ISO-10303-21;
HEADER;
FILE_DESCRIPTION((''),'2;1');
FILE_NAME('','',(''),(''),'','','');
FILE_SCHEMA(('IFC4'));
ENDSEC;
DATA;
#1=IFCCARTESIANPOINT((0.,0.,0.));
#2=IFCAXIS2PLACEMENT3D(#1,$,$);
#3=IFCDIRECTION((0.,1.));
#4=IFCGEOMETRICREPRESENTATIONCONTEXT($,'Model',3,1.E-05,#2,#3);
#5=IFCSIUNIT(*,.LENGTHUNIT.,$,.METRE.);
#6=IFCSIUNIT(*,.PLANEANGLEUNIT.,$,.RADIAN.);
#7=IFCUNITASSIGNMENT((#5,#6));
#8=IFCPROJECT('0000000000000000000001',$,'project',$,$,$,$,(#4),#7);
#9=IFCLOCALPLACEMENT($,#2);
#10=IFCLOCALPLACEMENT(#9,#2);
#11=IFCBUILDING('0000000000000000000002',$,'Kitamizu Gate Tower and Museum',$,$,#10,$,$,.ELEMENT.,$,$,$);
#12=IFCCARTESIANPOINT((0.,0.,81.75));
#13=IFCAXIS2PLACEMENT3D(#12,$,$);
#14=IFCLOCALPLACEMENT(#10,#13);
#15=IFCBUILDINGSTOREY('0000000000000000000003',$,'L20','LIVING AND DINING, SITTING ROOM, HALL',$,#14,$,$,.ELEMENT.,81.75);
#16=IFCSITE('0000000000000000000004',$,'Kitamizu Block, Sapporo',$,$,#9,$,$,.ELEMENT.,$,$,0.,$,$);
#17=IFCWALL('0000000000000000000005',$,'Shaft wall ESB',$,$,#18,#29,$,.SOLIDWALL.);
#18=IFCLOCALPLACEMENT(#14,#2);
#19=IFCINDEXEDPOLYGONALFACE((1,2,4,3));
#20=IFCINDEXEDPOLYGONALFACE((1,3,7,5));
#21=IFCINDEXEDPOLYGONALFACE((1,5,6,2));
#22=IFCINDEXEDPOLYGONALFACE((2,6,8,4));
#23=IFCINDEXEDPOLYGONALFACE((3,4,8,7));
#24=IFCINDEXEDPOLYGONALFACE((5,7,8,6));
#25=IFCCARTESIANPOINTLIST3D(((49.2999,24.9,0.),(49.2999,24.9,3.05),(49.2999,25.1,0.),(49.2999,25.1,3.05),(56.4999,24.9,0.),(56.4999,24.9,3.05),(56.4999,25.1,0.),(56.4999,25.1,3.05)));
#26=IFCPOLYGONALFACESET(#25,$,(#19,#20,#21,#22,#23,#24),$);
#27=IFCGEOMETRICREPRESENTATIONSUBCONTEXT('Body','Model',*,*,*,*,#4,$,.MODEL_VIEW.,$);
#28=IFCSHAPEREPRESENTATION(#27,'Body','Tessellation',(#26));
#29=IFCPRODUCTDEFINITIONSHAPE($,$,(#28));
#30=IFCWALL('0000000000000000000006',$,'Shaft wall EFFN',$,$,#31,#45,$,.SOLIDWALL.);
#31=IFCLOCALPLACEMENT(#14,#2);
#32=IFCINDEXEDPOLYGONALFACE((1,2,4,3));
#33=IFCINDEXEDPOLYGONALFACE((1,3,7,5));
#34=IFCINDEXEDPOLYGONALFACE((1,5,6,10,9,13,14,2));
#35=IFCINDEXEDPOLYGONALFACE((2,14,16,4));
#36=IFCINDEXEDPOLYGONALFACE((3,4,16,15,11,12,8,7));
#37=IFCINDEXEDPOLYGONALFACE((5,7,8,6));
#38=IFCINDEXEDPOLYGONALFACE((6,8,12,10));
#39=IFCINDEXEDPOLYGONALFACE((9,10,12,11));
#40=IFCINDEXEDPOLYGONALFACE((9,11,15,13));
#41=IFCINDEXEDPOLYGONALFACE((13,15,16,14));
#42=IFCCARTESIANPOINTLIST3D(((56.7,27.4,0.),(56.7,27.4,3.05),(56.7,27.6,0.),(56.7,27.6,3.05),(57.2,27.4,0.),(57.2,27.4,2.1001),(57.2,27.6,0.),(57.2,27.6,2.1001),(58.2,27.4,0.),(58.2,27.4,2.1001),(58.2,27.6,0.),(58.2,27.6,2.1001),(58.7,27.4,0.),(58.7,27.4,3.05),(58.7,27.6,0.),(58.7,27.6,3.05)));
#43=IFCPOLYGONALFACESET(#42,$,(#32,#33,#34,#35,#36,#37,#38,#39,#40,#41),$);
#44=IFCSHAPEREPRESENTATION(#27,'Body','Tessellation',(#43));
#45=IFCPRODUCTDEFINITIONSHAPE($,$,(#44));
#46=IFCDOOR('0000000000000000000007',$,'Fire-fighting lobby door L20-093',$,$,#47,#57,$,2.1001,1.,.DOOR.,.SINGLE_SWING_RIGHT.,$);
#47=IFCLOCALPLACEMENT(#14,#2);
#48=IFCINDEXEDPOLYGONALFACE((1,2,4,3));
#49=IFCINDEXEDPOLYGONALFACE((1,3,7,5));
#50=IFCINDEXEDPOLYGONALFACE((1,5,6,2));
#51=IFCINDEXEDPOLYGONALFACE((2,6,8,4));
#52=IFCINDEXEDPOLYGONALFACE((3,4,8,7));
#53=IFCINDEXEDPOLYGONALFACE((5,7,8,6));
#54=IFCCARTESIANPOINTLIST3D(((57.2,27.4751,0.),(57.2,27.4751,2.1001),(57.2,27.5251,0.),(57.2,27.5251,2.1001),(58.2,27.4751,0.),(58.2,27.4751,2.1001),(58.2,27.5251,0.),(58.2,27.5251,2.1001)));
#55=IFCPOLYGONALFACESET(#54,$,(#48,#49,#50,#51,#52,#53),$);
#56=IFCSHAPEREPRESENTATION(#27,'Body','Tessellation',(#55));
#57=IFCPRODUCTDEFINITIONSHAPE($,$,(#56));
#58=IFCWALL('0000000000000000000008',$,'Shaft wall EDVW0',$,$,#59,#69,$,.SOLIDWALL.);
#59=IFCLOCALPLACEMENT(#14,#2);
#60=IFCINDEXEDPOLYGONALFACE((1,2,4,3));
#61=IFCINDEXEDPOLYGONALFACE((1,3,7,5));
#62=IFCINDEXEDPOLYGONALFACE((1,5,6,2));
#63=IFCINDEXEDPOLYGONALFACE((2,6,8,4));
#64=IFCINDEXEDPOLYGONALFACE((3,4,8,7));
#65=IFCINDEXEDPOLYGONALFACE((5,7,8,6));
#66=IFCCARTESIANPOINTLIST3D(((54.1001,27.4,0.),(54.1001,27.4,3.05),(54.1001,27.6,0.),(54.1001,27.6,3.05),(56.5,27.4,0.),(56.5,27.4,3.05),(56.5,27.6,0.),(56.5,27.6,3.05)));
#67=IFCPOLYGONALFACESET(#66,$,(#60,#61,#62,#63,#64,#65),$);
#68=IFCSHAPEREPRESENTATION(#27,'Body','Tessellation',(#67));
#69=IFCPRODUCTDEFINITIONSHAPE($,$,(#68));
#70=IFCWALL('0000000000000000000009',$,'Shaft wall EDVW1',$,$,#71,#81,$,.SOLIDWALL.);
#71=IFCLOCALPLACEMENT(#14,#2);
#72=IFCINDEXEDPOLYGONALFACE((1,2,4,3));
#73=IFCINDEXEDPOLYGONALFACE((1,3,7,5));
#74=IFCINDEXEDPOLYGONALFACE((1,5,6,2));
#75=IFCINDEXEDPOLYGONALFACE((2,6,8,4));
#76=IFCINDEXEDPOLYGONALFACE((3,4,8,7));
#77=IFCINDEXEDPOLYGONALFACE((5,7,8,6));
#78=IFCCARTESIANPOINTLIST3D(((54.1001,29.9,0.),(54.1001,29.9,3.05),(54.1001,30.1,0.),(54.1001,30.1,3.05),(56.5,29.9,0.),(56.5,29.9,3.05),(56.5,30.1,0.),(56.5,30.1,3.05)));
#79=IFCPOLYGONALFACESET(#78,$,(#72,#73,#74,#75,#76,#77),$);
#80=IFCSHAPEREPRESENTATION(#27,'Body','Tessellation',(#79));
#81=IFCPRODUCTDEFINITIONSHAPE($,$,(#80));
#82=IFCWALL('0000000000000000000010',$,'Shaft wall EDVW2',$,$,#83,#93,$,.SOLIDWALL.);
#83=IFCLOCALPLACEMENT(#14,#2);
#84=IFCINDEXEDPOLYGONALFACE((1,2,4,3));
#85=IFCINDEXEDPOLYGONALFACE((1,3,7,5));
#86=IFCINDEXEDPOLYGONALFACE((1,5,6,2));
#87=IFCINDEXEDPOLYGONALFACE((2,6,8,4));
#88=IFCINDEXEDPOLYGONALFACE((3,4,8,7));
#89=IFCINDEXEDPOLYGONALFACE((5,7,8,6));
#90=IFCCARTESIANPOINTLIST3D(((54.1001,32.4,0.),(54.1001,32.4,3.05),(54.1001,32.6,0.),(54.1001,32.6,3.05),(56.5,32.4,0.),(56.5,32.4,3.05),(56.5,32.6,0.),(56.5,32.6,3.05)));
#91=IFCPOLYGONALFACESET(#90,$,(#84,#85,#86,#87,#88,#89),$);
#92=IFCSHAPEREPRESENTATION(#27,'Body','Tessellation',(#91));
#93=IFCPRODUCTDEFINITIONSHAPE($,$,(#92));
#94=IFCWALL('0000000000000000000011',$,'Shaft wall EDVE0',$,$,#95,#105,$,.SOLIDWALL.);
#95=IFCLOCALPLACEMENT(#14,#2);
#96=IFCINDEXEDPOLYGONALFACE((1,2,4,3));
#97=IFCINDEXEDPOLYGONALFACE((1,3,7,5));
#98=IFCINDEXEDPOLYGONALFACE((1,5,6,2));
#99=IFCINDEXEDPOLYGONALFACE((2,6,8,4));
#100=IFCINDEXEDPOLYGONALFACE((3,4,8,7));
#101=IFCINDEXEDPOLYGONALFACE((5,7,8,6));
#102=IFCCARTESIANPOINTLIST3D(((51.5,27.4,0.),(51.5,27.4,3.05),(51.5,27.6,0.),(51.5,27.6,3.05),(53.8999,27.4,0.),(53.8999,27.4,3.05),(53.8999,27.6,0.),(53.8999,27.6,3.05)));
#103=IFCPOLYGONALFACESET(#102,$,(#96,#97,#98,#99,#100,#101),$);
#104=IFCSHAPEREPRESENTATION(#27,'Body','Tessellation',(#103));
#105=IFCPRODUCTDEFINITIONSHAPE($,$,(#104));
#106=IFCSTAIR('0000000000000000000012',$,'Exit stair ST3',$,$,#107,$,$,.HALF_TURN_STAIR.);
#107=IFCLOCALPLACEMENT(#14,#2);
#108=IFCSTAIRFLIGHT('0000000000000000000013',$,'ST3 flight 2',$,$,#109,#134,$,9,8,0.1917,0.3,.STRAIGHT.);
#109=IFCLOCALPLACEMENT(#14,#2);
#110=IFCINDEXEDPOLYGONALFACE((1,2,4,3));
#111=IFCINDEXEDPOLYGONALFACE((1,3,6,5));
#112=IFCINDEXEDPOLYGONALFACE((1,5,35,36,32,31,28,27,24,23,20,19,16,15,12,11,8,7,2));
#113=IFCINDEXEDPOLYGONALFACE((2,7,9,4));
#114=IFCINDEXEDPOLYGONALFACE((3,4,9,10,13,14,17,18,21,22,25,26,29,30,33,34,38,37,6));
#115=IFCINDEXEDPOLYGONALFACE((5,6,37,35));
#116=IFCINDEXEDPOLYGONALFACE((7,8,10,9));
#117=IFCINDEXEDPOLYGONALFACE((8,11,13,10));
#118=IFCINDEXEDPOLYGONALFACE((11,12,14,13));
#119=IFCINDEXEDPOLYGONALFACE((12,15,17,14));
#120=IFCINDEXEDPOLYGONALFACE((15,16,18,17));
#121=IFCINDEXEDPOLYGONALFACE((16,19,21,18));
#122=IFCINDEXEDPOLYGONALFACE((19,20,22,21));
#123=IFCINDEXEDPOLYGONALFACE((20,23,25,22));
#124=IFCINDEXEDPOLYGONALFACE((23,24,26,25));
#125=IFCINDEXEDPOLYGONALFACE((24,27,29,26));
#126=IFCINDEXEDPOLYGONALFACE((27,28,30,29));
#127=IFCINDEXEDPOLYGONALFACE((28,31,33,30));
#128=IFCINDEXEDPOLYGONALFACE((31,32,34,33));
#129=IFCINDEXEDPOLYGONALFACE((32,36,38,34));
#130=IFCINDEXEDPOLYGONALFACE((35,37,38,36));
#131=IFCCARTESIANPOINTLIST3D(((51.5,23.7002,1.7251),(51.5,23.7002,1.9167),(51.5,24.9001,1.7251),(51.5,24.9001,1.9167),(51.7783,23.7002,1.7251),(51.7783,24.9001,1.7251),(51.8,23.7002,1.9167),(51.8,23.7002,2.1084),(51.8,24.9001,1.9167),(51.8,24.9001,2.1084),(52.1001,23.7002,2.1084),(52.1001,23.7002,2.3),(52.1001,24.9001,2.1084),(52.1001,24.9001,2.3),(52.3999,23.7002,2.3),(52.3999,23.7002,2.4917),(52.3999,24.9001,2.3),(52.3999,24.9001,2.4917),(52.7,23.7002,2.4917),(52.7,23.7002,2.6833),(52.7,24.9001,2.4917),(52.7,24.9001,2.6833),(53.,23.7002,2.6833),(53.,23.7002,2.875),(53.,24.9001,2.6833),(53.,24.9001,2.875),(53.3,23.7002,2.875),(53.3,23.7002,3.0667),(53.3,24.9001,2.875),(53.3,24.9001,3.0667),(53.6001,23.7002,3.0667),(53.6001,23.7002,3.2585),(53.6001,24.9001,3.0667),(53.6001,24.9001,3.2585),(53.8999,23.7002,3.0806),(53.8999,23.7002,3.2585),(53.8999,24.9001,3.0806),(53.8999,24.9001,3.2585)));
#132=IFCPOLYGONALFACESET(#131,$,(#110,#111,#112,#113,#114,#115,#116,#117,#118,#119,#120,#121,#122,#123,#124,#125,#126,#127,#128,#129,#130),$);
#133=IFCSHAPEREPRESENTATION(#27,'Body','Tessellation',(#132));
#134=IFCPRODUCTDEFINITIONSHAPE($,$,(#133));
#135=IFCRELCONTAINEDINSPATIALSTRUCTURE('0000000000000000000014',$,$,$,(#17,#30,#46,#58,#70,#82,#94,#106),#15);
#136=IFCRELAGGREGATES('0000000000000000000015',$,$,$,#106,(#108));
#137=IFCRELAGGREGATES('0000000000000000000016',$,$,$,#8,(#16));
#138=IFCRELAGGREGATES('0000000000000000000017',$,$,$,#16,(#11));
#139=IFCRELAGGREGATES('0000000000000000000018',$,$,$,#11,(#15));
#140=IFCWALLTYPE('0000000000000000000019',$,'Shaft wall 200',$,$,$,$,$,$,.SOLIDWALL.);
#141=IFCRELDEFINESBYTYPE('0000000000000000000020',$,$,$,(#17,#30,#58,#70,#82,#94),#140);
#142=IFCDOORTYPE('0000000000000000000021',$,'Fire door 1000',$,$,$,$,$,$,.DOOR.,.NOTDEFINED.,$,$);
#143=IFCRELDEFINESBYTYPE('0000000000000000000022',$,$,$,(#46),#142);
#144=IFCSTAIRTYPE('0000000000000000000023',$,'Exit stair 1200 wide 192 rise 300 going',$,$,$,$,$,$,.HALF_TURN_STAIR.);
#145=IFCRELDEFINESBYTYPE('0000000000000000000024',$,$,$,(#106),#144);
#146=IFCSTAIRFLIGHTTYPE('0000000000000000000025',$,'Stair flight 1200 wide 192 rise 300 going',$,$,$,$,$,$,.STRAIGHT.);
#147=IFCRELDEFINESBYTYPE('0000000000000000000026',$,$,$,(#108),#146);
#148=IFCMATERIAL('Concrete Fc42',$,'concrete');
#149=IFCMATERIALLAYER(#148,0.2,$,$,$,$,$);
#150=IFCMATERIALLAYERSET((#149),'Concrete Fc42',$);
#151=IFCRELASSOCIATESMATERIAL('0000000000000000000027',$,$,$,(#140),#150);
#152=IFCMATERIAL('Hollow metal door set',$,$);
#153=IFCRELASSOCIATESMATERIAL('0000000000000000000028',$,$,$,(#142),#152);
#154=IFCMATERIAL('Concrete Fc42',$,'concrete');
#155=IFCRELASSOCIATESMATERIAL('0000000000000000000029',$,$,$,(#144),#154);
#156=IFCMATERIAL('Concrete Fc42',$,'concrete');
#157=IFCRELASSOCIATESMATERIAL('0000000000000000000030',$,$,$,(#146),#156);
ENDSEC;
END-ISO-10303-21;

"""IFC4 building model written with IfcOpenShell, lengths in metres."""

from ifc_helpers import new_model, si_unit, direction, frame, frame_2d, origin, place, context, subcontext, project, spatial, polyline, rectangle, outline, extrude, material, layer, layer_set, type_object, element, fill, aggregate, save


model = new_model("IFC4")

# Units and contexts
model_context = context("Model", 3, precision=1e-05, world=origin(), true_north=direction((0.0, 1.0)))
body_context = subcontext(model_context, "Body", "Model", "MODEL_VIEW")
ifc_project = project(units=[si_unit("LENGTHUNIT", "METRE"), si_unit("PLANEANGLEUNIT", "RADIAN")], contexts=[model_context])

# Site, building, storey
site_placement = place(None, origin())
site = spatial("IfcSite", under=ifc_project, at=site_placement, Name="Kitamizu Block, Sapporo", CompositionType="ELEMENT", RefElevation=0.0)
building_placement = place(site_placement, origin())
building = spatial("IfcBuilding", under=site, at=building_placement, Name="Kitamizu Gate Tower and Museum", CompositionType="ELEMENT")
storey_placement = place(building_placement, frame((0.0, 0.0, 81.75)))
storey = spatial("IfcBuildingStorey", under=building, at=storey_placement, Name="L20", Description="LIVING AND DINING, SITTING ROOM, HALL", CompositionType="ELEMENT", Elevation=81.75)

# Shared definitions
ifc_material_1 = material(Name="Concrete Fc42", Category="concrete")
ifc_layer_1 = layer(ifc_material_1, 0.2)
ifc_layer_set_1 = layer_set([ifc_layer_1], Name="Concrete Fc42")
wall_type_1 = type_object("IfcWallType", Name="Shaft wall 200", PredefinedType="SOLIDWALL", material=ifc_layer_set_1)
ifc_material_2 = material(Name="Hollow metal door set")
door_type_1 = type_object("IfcDoorType", Name="Fire door 1000", OperationType="NOTDEFINED", PredefinedType="DOOR", material=ifc_material_2)

# Wall
wall_1_placement = place(storey_placement, frame((56.5, 25.0, 0.0), z_axis=(0.0, 0.0, 1.0), x_axis=(-1.0, 0.0, 0.0)))
element("IfcWall", 1, at=wall_1_placement, inside=storey, type_object=wall_type_1, Name="Shaft wall ESB", PredefinedType="SOLIDWALL", context=body_context, shape_type="SweptSolid", body=[
    extrude(rectangle(XDim=7.2, YDim=0.2, at=frame_2d((3.6001, 0.0))), origin(), (0.0, 0.0, 1.0), 3.05),
])

# Wall, opening, door
wall_2_placement = place(storey_placement, frame((58.7, 27.5, 0.0), z_axis=(0.0, 0.0, 1.0), x_axis=(-1.0, 0.0, 0.0)))
wall_2 = element("IfcWall", 2, at=wall_2_placement, inside=storey, type_object=wall_type_1, Name="Shaft wall EFFN", PredefinedType="SOLIDWALL", context=body_context, shape_type="SweptSolid", body=[
    extrude(rectangle(XDim=2.0, YDim=0.2, at=frame_2d((1.0, 0.0))), origin(), (0.0, 0.0, 1.0), 3.05),
])
opening_1_placement = place(wall_2_placement, frame((0.5, 0.0, 0.0)))
opening_1 = element("IfcOpeningElement", 3, at=opening_1_placement, cuts=wall_2, PredefinedType="OPENING", context=body_context, shape_type="SweptSolid", body=[
    extrude(rectangle(XDim=1.0, YDim=2.1001, at=frame_2d((0.5, 1.05))), frame((0.0, 0.1099, 0.0), z_axis=(0.0, -1.0, 0.0), x_axis=(1.0, 0.0, 0.0)), (0.0, 0.0, 1.0), 0.22),
])
door_1_placement = place(opening_1_placement, origin())
door_1 = element("IfcDoor", 4, at=door_1_placement, inside=storey, type_object=door_type_1, Name="Fire-fighting lobby door L20-093", OperationType="SINGLE_SWING_RIGHT", OverallHeight=2.1001, OverallWidth=1.0, PredefinedType="DOOR", context=body_context, shape_type="SweptSolid", body=[
    extrude(rectangle(XDim=1.0, YDim=2.1001, at=frame_2d((0.5, 1.05))), frame((0.0, 0.0249, 0.0), z_axis=(0.0, -1.0, 0.0), x_axis=(1.0, 0.0, 0.0)), (0.0, 0.0, 1.0), 0.05),
])
fill(opening_1, door_1)

# Walls
for number, where, z_axis, x_axis, name in (
    (5, (56.5, 27.5, 0.0), (0.0, 0.0, 1.0), (-1.0, 0.0, 0.0), "Shaft wall EDVW0"),
    (6, (56.5, 30.0, 0.0), (0.0, 0.0, 1.0), (-1.0, 0.0, 0.0), "Shaft wall EDVW1"),
    (7, (56.5, 32.5, 0.0), (0.0, 0.0, 1.0), (-1.0, 0.0, 0.0), "Shaft wall EDVW2"),
    (8, (53.8999, 27.5, 0.0), (0.0, 0.0, 1.0), (-1.0, 0.0, 0.0), "Shaft wall EDVE0"),
):
    element("IfcWall", number, at=place(storey_placement, frame(where, z_axis=z_axis, x_axis=x_axis)), inside=storey, type_object=wall_type_1, Name=name, PredefinedType="SOLIDWALL", context=body_context, shape_type="SweptSolid", body=[
        extrude(rectangle(XDim=2.3999, YDim=0.2, at=frame_2d((1.2, 0.0))), origin(), (0.0, 0.0, 1.0), 3.05),
    ])

# Stair, stair flight
ifc_material_3 = material(Name="Concrete Fc42", Category="concrete")
stair_type = type_object("IfcStairType", Name="Exit stair 1200 wide 192 rise 300 going", PredefinedType="HALF_TURN_STAIR", material=ifc_material_3)
stair_placement = place(storey_placement, origin())
stair = element("IfcStair", 9, at=stair_placement, inside=storey, type_object=stair_type, Name="Exit stair ST3", PredefinedType="HALF_TURN_STAIR")
ifc_material_4 = material(Name="Concrete Fc42", Category="concrete")
stair_flight_type = type_object("IfcStairFlightType", Name="Stair flight 1200 wide 192 rise 300 going", PredefinedType="STRAIGHT", material=ifc_material_4)
stair_flight_placement = place(storey_placement, frame((51.5, 24.3, 1.7251), z_axis=(0.0, 0.0, 1.0), x_axis=(1.0, 0.0, 0.0)))
stair_flight = element("IfcStairFlight", 10, at=stair_flight_placement, type_object=stair_flight_type, Name="ST3 flight 2", NumberOfRisers=9, NumberOfTreads=8, PredefinedType="STRAIGHT", RiserHeight=0.1917, TreadLength=0.3, context=body_context, shape_type="SweptSolid", body=[
    extrude(outline(polyline([(0.0, 0.0), (0.0, 0.1917), (0.3, 0.1917), (0.3, 0.3833), (0.6001, 0.3833), (0.6001, 0.575), (0.8999, 0.575), (0.8999, 0.7666), (1.2, 0.7666), (1.2, 0.9583), (1.5, 0.9583), (1.5, 1.1499), (1.8, 1.1499), (1.8, 1.3416), (2.1001, 1.3416), (2.1001, 1.5334), (2.3999, 1.5334), (2.3999, 1.7251), (2.3999, 1.3555), (0.2783, 0.0), (0.0, 0.0)])), frame((0.0, 0.6001, 0.0), z_axis=(0.0, -1.0, 0.0), x_axis=(1.0, 0.0, 0.0)), (0.0, 0.0, 1.0), 1.2),
])
aggregate(stair, [stair_flight])

save(model, "model.ifc")
